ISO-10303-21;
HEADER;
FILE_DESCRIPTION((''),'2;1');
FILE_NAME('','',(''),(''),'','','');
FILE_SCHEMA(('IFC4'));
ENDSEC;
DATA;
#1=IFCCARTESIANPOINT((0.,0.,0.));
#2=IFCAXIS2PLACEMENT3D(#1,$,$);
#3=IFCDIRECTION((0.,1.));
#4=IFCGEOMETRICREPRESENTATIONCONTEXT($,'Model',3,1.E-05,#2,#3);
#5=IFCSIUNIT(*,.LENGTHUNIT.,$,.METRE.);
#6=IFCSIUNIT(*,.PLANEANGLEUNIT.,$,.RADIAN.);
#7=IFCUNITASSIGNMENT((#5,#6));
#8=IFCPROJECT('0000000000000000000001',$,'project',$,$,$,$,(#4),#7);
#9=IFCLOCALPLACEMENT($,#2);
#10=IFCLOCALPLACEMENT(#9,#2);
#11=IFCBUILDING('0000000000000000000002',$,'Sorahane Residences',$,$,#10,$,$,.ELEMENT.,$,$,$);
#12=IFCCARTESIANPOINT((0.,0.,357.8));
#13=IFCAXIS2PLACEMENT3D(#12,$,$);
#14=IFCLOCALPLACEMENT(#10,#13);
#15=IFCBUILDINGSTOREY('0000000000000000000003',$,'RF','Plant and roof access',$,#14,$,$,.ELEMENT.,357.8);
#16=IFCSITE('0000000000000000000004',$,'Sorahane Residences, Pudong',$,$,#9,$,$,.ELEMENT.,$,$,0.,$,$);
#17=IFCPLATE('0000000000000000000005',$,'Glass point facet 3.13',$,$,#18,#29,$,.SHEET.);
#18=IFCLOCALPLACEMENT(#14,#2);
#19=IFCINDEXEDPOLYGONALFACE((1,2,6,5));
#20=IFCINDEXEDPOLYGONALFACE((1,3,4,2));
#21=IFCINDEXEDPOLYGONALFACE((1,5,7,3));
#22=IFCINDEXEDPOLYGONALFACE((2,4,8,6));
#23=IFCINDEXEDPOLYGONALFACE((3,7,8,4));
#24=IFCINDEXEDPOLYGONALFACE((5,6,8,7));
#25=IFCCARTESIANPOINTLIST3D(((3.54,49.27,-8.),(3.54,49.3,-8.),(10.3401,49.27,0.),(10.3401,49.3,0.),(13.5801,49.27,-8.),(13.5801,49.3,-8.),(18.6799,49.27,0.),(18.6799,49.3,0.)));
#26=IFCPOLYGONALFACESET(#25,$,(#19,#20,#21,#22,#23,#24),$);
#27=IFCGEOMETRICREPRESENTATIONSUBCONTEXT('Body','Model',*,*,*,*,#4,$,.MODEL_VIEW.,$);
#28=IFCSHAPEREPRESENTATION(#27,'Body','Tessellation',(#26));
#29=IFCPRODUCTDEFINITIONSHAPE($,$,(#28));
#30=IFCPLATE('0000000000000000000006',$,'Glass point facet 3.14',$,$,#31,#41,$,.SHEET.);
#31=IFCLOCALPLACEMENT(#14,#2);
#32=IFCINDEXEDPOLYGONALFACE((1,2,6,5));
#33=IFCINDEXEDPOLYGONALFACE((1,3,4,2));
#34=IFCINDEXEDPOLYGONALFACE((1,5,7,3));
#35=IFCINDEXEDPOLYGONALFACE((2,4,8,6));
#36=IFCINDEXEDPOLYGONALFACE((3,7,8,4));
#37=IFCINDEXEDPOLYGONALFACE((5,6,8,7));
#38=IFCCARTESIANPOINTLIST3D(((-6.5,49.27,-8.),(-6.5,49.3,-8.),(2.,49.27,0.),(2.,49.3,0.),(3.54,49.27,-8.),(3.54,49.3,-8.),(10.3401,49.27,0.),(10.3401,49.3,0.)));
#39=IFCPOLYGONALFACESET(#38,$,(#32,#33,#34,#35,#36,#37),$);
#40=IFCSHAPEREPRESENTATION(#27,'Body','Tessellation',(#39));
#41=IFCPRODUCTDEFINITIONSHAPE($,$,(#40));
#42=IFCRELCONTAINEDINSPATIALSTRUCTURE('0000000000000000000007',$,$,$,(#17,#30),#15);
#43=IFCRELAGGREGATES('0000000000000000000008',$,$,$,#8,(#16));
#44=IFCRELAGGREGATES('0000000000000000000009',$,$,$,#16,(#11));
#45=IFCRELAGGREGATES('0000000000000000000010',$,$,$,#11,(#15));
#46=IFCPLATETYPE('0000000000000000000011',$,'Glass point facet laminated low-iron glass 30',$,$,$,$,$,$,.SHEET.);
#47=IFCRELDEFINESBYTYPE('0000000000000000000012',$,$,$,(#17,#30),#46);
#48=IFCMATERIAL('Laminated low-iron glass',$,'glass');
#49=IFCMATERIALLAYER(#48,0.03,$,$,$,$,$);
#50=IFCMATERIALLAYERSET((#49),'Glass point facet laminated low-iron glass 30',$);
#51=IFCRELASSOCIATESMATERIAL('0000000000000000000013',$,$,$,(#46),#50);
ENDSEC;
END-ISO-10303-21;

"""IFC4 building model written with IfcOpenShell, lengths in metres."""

from ifc_helpers import new_model, si_unit, direction, frame, origin, place, context, subcontext, project, spatial, polyline, outline, extrude, material, layer, layer_set, type_object, element, save


model = new_model("IFC4")

# Units and contexts
model_context = context("Model", 3, precision=1e-05, world=origin(), true_north=direction((0.0, 1.0)))
body_context = subcontext(model_context, "Body", "Model", "MODEL_VIEW")
ifc_project = project(units=[si_unit("LENGTHUNIT", "METRE"), si_unit("PLANEANGLEUNIT", "RADIAN")], contexts=[model_context])

# Site, building, storey
site_placement = place(None, origin())
site = spatial("IfcSite", under=ifc_project, at=site_placement, Name="Sorahane Residences, Pudong", CompositionType="ELEMENT", RefElevation=0.0)
building_placement = place(site_placement, origin())
building = spatial("IfcBuilding", under=site, at=building_placement, Name="Sorahane Residences", CompositionType="ELEMENT")
storey_placement = place(building_placement, frame((0.0, 0.0, 357.8)))
storey = spatial("IfcBuildingStorey", under=building, at=storey_placement, Name="RF", Description="Plant and roof access", CompositionType="ELEMENT", Elevation=357.8)

# Plates
ifc_material_1 = material(Name="Laminated low-iron glass", Category="glass")
ifc_layer = layer(ifc_material_1, 0.03)
ifc_layer_set = layer_set([ifc_layer], Name="Glass point facet laminated low-iron glass 30")
plate_type = type_object("IfcPlateType", Name="Glass point facet laminated low-iron glass 30", PredefinedType="SHEET", material=ifc_layer_set)
plate_1_placement = place(storey_placement, frame((13.5801, 49.3, -8.0), z_axis=(0.0, 1.0, 0.0), x_axis=(-1.0, 0.0, 0.0)))
element("IfcPlate", 1, at=plate_1_placement, inside=storey, type_object=plate_type, Name="Glass point facet 3.13", PredefinedType="SHEET", context=body_context, shape_type="SweptSolid", body=[
    extrude(outline(polyline([(0.0, 0.0), (10.04, 0.0), (3.24, 8.0), (-5.0999, 8.0), (0.0, 0.0)])), origin(), (0.0, 0.0, -1.0), 0.03),
])
plate_2_placement = place(storey_placement, frame((3.54, 49.3, -8.0), z_axis=(0.0, 1.0, 0.0), x_axis=(-1.0, 0.0, 0.0)))
element("IfcPlate", 2, at=plate_2_placement, inside=storey, type_object=plate_type, Name="Glass point facet 3.14", PredefinedType="SHEET", context=body_context, shape_type="SweptSolid", body=[
    extrude(outline(polyline([(0.0, 0.0), (10.04, 0.0), (1.54, 8.0), (-6.8, 8.0), (0.0, 0.0)])), origin(), (0.0, 0.0, -1.0), 0.03),
])

save(model, "model.ifc")
